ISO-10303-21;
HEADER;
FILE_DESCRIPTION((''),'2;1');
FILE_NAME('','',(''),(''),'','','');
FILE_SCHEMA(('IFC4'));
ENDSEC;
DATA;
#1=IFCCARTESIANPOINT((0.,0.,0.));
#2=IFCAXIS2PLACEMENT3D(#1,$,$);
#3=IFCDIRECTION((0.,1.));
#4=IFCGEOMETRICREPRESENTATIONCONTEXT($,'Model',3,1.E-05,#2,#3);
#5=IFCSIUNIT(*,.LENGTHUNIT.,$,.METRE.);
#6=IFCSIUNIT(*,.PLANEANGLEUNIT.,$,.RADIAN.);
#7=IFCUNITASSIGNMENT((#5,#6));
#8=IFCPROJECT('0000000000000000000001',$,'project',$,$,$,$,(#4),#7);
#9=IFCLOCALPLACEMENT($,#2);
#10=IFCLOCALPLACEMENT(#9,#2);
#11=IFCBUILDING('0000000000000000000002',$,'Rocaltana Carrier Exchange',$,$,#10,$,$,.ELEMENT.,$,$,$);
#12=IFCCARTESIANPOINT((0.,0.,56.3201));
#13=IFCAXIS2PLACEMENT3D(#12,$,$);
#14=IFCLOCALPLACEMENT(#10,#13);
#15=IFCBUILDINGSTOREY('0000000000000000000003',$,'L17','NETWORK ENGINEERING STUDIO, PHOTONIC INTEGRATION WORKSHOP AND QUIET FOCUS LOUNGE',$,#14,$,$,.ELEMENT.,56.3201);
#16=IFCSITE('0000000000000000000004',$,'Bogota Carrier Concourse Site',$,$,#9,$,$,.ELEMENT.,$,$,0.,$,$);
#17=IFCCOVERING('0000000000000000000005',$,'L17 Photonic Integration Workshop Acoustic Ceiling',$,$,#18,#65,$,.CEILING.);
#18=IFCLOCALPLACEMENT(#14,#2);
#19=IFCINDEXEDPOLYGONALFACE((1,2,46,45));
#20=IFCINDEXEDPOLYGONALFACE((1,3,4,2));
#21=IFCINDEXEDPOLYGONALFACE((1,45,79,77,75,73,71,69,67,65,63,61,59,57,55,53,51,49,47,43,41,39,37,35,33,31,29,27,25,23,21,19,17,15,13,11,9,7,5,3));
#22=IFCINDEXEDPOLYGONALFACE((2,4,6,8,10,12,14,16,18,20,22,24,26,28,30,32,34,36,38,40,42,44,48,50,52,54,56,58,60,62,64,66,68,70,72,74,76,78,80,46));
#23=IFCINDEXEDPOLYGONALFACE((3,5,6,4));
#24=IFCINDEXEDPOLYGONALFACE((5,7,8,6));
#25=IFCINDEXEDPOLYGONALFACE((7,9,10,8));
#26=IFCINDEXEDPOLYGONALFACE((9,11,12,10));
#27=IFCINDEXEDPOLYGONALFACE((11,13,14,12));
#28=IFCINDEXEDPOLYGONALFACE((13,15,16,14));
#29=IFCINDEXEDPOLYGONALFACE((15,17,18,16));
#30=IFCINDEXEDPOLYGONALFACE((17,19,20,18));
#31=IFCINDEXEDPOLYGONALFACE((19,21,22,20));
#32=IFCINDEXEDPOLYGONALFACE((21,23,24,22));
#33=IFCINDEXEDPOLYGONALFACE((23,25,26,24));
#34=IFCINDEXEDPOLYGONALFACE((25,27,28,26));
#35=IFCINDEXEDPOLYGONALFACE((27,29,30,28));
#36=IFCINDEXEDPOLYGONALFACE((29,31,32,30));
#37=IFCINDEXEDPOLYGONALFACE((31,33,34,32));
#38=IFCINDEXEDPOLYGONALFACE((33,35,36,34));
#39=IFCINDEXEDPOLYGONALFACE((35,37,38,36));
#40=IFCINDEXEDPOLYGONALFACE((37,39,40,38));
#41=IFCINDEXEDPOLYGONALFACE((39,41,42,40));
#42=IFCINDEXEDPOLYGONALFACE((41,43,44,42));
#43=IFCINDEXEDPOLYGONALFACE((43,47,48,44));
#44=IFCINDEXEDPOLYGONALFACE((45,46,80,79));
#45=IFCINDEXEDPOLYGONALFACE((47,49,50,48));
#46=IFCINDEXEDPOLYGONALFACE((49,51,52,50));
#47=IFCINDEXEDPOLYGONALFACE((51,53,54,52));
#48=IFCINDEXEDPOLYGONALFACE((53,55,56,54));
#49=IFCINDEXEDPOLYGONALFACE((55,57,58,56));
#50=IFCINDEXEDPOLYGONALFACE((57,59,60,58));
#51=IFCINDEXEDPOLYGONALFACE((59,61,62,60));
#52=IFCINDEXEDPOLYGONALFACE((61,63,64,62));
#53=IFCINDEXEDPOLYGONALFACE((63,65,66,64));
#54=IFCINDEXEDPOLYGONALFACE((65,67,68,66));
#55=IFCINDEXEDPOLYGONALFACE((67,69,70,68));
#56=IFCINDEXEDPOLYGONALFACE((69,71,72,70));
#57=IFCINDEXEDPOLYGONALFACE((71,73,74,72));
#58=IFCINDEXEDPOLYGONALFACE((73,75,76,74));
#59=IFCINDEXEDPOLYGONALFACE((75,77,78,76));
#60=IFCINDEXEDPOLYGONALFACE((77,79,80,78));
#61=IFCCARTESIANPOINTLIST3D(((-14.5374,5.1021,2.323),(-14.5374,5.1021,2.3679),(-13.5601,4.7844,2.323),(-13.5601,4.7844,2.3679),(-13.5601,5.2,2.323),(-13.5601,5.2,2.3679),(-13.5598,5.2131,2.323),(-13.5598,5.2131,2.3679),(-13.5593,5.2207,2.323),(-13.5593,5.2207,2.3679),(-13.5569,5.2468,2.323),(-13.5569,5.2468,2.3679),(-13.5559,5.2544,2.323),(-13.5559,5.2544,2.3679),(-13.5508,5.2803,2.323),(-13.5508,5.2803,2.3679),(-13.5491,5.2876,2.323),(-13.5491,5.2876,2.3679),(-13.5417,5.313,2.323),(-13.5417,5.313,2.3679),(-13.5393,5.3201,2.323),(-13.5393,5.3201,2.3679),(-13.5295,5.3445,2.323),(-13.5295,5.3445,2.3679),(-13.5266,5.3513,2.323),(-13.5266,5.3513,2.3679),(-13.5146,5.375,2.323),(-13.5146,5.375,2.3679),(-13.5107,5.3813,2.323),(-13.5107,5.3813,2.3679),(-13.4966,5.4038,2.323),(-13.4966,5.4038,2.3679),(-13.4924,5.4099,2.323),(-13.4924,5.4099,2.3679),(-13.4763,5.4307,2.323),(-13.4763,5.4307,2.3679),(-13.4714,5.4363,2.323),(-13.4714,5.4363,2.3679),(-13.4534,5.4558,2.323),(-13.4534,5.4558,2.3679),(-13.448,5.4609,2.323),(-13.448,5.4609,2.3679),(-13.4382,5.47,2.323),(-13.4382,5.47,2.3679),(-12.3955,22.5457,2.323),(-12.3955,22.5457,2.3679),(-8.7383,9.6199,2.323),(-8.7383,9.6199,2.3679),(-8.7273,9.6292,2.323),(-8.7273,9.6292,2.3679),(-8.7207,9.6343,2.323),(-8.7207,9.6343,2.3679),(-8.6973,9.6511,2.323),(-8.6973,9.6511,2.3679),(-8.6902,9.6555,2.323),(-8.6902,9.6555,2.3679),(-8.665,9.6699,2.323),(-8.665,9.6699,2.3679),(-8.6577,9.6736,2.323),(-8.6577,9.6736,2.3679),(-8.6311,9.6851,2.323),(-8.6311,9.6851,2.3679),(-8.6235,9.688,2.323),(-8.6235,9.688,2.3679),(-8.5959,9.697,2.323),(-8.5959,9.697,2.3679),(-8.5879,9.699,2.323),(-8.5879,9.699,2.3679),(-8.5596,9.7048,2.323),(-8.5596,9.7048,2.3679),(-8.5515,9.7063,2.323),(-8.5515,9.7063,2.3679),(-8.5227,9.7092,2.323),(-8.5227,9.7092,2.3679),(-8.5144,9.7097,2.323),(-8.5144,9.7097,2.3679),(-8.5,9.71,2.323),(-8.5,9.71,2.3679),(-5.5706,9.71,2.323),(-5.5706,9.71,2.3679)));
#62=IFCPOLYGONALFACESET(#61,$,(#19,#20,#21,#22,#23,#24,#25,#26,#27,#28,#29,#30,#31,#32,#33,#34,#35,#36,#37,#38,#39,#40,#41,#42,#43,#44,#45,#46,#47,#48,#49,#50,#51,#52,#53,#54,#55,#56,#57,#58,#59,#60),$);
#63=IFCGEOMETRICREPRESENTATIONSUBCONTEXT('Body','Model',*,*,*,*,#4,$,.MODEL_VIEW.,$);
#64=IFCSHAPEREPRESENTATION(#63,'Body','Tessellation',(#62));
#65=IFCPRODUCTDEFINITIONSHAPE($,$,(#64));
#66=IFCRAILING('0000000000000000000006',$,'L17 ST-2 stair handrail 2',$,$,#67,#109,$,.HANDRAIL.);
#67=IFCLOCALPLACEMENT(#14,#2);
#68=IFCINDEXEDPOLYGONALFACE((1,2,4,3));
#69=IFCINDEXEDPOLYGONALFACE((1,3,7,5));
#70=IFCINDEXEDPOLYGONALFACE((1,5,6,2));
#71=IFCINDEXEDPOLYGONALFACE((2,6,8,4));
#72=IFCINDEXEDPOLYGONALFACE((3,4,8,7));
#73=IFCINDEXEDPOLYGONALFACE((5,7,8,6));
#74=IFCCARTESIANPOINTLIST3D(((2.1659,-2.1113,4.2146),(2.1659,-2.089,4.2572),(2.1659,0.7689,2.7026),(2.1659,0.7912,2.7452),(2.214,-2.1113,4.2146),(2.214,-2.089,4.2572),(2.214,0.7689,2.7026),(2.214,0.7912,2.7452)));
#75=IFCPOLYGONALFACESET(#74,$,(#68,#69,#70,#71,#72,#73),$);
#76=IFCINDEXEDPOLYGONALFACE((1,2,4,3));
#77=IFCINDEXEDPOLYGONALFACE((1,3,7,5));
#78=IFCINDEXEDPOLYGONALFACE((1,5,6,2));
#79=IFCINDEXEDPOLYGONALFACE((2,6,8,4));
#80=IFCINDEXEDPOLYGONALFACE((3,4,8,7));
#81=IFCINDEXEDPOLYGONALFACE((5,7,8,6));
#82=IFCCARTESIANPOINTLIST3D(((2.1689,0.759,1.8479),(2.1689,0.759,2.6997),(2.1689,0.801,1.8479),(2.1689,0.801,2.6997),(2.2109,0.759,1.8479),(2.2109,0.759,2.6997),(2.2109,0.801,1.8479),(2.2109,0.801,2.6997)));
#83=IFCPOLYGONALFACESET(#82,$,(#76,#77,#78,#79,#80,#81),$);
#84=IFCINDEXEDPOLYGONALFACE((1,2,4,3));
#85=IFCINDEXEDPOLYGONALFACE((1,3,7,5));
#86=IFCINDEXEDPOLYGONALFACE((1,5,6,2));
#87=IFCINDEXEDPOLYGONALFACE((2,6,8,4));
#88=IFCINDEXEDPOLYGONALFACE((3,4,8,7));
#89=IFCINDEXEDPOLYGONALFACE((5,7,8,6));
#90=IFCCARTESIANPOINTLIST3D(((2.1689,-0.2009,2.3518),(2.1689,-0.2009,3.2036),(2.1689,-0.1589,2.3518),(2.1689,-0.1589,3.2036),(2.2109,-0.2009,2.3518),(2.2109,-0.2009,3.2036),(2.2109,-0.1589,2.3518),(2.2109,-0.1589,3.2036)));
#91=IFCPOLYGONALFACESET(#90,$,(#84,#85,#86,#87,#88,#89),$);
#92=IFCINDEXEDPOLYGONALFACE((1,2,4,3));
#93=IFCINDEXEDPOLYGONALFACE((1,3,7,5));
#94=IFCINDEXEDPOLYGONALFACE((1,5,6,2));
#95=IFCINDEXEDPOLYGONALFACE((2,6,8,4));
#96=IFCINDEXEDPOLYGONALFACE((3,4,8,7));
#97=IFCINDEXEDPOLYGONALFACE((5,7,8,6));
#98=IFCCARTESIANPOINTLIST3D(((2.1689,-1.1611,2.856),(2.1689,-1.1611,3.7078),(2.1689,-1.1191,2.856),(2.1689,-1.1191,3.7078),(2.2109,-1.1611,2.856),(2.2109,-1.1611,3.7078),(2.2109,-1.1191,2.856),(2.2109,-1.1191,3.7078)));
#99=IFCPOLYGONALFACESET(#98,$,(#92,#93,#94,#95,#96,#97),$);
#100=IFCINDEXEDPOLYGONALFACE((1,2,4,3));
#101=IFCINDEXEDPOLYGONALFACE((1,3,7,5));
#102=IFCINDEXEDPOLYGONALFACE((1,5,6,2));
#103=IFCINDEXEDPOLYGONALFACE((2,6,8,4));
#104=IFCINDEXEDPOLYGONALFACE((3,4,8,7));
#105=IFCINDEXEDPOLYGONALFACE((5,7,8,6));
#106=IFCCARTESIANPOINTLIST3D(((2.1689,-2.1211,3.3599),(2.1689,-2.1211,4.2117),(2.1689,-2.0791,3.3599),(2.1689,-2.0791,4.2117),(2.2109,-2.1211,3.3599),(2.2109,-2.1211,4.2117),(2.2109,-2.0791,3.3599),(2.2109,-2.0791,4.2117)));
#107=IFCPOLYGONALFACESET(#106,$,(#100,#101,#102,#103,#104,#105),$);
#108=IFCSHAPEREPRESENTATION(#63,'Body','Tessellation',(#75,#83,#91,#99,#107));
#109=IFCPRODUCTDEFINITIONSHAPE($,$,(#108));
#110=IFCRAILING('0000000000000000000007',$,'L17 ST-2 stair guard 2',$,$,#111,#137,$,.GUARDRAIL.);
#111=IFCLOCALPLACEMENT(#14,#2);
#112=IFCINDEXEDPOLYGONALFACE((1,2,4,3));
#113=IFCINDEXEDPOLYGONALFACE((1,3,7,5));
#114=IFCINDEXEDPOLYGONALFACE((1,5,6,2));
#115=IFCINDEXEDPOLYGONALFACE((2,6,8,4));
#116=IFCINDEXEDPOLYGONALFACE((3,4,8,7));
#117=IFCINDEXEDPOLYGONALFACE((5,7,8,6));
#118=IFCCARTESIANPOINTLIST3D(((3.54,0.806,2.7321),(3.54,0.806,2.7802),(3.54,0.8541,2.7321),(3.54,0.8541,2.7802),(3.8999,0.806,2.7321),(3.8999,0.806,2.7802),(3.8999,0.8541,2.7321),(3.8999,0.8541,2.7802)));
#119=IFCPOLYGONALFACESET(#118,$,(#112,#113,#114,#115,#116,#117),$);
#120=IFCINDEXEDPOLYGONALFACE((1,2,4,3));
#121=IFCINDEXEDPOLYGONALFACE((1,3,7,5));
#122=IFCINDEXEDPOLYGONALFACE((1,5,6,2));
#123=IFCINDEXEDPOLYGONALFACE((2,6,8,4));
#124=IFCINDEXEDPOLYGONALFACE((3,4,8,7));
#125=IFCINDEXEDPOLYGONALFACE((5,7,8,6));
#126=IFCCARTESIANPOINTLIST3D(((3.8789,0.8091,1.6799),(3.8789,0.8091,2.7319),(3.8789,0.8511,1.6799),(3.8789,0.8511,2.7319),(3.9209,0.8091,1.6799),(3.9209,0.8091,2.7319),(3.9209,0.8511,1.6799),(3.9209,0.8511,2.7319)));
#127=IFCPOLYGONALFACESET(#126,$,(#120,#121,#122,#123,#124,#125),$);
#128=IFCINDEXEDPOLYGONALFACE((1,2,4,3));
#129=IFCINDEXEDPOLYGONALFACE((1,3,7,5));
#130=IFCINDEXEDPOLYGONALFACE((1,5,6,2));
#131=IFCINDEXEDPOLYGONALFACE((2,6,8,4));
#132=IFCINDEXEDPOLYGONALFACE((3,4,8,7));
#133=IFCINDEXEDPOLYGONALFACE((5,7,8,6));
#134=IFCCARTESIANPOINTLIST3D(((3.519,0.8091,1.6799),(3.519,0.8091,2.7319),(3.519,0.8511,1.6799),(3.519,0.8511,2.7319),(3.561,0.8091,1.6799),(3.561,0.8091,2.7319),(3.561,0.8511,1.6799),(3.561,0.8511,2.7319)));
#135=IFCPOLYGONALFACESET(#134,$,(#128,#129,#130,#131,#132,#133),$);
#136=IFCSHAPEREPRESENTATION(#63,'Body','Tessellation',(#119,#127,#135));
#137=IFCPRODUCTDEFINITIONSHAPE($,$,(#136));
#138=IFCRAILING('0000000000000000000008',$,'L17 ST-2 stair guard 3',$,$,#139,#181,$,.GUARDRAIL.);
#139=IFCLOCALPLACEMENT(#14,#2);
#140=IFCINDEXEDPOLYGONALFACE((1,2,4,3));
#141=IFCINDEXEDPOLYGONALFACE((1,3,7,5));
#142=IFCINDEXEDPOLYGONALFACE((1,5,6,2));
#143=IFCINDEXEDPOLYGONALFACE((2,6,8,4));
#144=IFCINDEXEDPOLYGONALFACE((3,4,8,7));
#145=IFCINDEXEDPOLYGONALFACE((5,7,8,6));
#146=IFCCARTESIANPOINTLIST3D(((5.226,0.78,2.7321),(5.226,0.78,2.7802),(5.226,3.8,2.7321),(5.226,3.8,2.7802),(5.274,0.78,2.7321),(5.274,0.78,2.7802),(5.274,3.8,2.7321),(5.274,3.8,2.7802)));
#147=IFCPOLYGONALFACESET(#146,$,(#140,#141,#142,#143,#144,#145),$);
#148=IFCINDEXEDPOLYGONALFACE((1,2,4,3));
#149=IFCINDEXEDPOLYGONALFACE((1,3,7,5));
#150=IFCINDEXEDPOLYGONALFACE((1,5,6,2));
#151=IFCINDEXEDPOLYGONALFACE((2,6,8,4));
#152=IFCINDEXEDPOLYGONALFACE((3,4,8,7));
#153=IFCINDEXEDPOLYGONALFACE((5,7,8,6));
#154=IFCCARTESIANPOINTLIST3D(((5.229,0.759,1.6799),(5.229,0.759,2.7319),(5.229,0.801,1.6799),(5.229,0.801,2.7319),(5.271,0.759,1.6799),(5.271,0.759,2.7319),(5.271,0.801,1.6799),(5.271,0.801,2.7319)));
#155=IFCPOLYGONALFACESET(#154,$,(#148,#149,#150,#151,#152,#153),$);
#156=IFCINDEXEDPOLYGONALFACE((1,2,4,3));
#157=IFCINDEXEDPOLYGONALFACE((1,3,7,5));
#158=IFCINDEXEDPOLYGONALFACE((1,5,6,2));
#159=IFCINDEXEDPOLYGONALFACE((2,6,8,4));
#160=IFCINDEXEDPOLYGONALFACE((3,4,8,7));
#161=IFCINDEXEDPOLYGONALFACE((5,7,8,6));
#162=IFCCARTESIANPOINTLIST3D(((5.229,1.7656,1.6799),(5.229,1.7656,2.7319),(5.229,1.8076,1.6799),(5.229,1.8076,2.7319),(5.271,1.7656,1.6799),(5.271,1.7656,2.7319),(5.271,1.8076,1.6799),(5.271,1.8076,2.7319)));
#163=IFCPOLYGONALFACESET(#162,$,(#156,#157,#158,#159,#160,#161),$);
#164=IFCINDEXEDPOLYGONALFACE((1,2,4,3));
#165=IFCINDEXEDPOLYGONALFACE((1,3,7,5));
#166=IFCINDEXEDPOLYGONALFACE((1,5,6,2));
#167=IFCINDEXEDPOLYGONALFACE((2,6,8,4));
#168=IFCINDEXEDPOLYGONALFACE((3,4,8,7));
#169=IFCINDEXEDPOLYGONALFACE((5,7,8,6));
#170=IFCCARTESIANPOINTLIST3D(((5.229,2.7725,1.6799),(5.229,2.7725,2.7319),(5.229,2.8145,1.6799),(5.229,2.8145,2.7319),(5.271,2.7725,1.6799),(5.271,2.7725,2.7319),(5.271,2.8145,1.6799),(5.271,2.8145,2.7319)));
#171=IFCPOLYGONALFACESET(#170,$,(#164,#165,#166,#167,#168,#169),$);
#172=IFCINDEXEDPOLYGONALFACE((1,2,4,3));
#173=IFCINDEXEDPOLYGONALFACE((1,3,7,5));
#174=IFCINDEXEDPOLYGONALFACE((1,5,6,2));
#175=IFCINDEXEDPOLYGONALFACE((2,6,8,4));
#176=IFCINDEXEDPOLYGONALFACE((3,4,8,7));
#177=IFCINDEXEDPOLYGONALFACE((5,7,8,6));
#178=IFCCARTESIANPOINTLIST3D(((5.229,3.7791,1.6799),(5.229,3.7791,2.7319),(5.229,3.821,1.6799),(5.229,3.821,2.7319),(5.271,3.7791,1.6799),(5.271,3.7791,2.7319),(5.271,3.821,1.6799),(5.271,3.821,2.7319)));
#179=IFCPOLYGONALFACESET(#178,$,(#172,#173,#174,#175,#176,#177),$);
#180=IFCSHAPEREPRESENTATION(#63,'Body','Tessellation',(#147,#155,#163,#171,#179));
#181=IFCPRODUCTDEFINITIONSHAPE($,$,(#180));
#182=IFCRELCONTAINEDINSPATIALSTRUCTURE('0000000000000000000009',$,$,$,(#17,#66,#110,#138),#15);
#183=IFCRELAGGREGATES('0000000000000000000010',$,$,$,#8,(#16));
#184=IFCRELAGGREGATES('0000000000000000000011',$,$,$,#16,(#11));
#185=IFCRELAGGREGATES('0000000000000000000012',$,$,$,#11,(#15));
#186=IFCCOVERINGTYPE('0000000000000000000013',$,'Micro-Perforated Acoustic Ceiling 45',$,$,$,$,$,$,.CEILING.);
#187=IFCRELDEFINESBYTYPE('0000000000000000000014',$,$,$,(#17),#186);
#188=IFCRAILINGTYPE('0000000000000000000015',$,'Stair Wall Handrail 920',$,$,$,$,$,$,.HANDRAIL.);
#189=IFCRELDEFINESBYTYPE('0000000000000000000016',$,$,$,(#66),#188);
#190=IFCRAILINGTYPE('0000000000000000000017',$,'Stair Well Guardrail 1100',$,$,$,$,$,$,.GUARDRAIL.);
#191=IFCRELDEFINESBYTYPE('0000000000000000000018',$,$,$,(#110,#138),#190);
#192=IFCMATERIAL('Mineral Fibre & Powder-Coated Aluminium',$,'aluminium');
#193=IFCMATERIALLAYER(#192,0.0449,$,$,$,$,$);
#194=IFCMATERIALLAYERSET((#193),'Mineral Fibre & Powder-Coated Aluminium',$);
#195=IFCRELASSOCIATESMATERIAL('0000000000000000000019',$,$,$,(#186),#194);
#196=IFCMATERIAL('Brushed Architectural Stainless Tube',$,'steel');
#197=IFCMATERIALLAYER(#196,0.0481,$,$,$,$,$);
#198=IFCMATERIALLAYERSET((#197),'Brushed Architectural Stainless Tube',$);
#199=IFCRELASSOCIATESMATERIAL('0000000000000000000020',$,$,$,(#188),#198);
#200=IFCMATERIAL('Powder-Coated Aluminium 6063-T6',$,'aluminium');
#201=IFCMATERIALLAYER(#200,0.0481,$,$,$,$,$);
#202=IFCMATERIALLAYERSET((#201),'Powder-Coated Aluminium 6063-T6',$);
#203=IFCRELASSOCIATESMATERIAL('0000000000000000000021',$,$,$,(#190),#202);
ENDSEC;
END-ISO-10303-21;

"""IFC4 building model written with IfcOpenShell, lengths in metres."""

from ifc_helpers import new_model, si_unit, direction, frame, origin, origin_2d, place, context, subcontext, project, spatial, polyline, rectangle, outline, extrude, material, layer, layer_set, type_object, element, save


model = new_model("IFC4")

# Units and contexts
model_context = context("Model", 3, precision=1e-05, world=origin(), true_north=direction((0.0, 1.0)))
body_context = subcontext(model_context, "Body", "Model", "MODEL_VIEW")
ifc_project = project(units=[si_unit("LENGTHUNIT", "METRE"), si_unit("PLANEANGLEUNIT", "RADIAN")], contexts=[model_context])

# Site, building, storey
site_placement = place(None, origin())
site = spatial("IfcSite", under=ifc_project, at=site_placement, Name="Bogota Carrier Concourse Site", CompositionType="ELEMENT", RefElevation=0.0)
building_placement = place(site_placement, origin())
building = spatial("IfcBuilding", under=site, at=building_placement, Name="Rocaltana Carrier Exchange", CompositionType="ELEMENT")
storey_placement = place(building_placement, frame((0.0, 0.0, 56.3201)))
storey = spatial("IfcBuildingStorey", under=building, at=storey_placement, Name="L17", Description="NETWORK ENGINEERING STUDIO, PHOTONIC INTEGRATION WORKSHOP AND QUIET FOCUS LOUNGE", CompositionType="ELEMENT", Elevation=56.3201)

# Covering
ifc_material_1 = material(Name="Mineral Fibre & Powder-Coated Aluminium", Category="aluminium")
ifc_layer_1 = layer(ifc_material_1, 0.0449)
ifc_layer_set_1 = layer_set([ifc_layer_1], Name="Mineral Fibre & Powder-Coated Aluminium")
covering_type_1 = type_object("IfcCoveringType", Name="Micro-Perforated Acoustic Ceiling 45", PredefinedType="CEILING", material=ifc_layer_set_1)
covering_1_placement = place(storey_placement, frame((0.0, 0.0, 2.323)))
element("IfcCovering", 1, at=covering_1_placement, inside=storey, type_object=covering_type_1, Name="L17 Photonic Integration Workshop Acoustic Ceiling", PredefinedType="CEILING", context=body_context, shape_type="SweptSolid", body=[
    extrude(outline(polyline([(-12.3955, 22.5457), (-5.5706, 9.71), (-8.5, 9.71), (-8.5144, 9.7097), (-8.5227, 9.7092), (-8.5515, 9.7063), (-8.5596, 9.7048), (-8.5879, 9.699), (-8.5959, 9.697), (-8.6235, 9.688), (-8.6311, 9.6851), (-8.6577, 9.6736), (-8.665, 9.6699), (-8.6902, 9.6555), (-8.6973, 9.6511), (-8.7207, 9.6343), (-8.7273, 9.6292), (-8.7383, 9.6199), (-13.4382, 5.47), (-13.448, 5.4609), (-13.4534, 5.4558), (-13.4714, 5.4363), (-13.4763, 5.4307), (-13.4924, 5.4099), (-13.4966, 5.4038), (-13.5107, 5.3813), (-13.5146, 5.375), (-13.5266, 5.3513), (-13.5295, 5.3445), (-13.5393, 5.3201), (-13.5417, 5.313), (-13.5491, 5.2876), (-13.5508, 5.2803), (-13.5559, 5.2544), (-13.5569, 5.2468), (-13.5593, 5.2207), (-13.5598, 5.2131), (-13.5601, 5.2), (-13.5601, 4.7844), (-14.5374, 5.1021), (-12.3955, 22.5457)])), origin(), (0.0, 0.0, 1.0), 0.0449),
])

# Railings
ifc_material_2 = material(Name="Brushed Architectural Stainless Tube", Category="steel")
ifc_layer_2 = layer(ifc_material_2, 0.0481)
ifc_layer_set_2 = layer_set([ifc_layer_2], Name="Brushed Architectural Stainless Tube")
railing_type_1 = type_object("IfcRailingType", Name="Stair Wall Handrail 920", PredefinedType="HANDRAIL", material=ifc_layer_set_2)
railing_1_placement = place(storey_placement, frame((2.1899, 0.78, 1.8479)))
element("IfcRailing", 2, at=railing_1_placement, inside=storey, type_object=railing_type_1, Name="L17 ST-2 stair handrail 2", PredefinedType="HANDRAIL", context=body_context, shape_type="SweptSolid", body=[
    extrude(rectangle(XDim=0.0481, YDim=0.0481, at=origin_2d()), frame((0.0, 0.0, 0.876), z_axis=(0.0, -0.885411, 0.464809), x_axis=(1.0, 0.0, 0.0)), (0.0, 0.0, 1.0), 3.2529),
    extrude(rectangle(XDim=0.042, YDim=0.042, at=origin_2d()), origin(), (0.0, 0.0, 1.0), 0.8518),
    extrude(rectangle(XDim=0.042, YDim=0.042, at=origin_2d()), frame((0.0, -0.96, 0.5039)), (0.0, 0.0, 1.0), 0.8518),
    extrude(rectangle(XDim=0.042, YDim=0.042, at=origin_2d()), frame((0.0, -1.9202, 1.0081)), (0.0, 0.0, 1.0), 0.8518),
    extrude(rectangle(XDim=0.042, YDim=0.042, at=origin_2d()), frame((0.0, -2.8801, 1.512)), (0.0, 0.0, 1.0), 0.8518),
])
ifc_material_3 = material(Name="Powder-Coated Aluminium 6063-T6", Category="aluminium")
ifc_layer_3 = layer(ifc_material_3, 0.0481)
ifc_layer_set_3 = layer_set([ifc_layer_3], Name="Powder-Coated Aluminium 6063-T6")
railing_type_2 = type_object("IfcRailingType", Name="Stair Well Guardrail 1100", PredefinedType="GUARDRAIL", material=ifc_layer_set_3)
railing_2_placement = place(storey_placement, frame((3.8999, 0.8301, 1.6799)))
element("IfcRailing", 3, at=railing_2_placement, inside=storey, type_object=railing_type_2, Name="L17 ST-2 stair guard 2", PredefinedType="GUARDRAIL", context=body_context, shape_type="SweptSolid", body=[
    extrude(rectangle(XDim=0.0481, YDim=0.0481, at=origin_2d()), frame((0.0, 0.0, 1.0762), z_axis=(-1.0, 0.0, 0.0), x_axis=(0.0, -1.0, 0.0)), (0.0, 0.0, 1.0), 0.3599),
    extrude(rectangle(XDim=0.042, YDim=0.042, at=origin_2d()), origin(), (0.0, 0.0, 1.0), 1.052),
    extrude(rectangle(XDim=0.042, YDim=0.042, at=origin_2d()), frame((-0.3599, 0.0, 0.0)), (0.0, 0.0, 1.0), 1.052),
])
for number, where, name in (
    (4, (5.25, 0.78, 1.6799), "L17 ST-2 stair guard 3"),
):
    element("IfcRailing", number, at=place(storey_placement, frame(where)), inside=storey, type_object=railing_type_2, Name=name, PredefinedType="GUARDRAIL", context=body_context, shape_type="SweptSolid", body=[
        extrude(rectangle(XDim=0.0481, YDim=0.0481, at=origin_2d()), frame((0.0, 0.0, 1.0762), z_axis=(0.0, 1.0, 0.0), x_axis=(-1.0, 0.0, 0.0)), (0.0, 0.0, 1.0), 3.02),
        extrude(rectangle(XDim=0.042, YDim=0.042, at=origin_2d()), origin(), (0.0, 0.0, 1.0), 1.052),
        extrude(rectangle(XDim=0.042, YDim=0.042, at=origin_2d()), frame((0.0, 1.0066, 0.0)), (0.0, 0.0, 1.0), 1.052),
        extrude(rectangle(XDim=0.042, YDim=0.042, at=origin_2d()), frame((0.0, 2.0134, 0.0)), (0.0, 0.0, 1.0), 1.052),
        extrude(rectangle(XDim=0.042, YDim=0.042, at=origin_2d()), frame((0.0, 3.02, 0.0)), (0.0, 0.0, 1.0), 1.052),
    ])

save(model, "model.ifc")
